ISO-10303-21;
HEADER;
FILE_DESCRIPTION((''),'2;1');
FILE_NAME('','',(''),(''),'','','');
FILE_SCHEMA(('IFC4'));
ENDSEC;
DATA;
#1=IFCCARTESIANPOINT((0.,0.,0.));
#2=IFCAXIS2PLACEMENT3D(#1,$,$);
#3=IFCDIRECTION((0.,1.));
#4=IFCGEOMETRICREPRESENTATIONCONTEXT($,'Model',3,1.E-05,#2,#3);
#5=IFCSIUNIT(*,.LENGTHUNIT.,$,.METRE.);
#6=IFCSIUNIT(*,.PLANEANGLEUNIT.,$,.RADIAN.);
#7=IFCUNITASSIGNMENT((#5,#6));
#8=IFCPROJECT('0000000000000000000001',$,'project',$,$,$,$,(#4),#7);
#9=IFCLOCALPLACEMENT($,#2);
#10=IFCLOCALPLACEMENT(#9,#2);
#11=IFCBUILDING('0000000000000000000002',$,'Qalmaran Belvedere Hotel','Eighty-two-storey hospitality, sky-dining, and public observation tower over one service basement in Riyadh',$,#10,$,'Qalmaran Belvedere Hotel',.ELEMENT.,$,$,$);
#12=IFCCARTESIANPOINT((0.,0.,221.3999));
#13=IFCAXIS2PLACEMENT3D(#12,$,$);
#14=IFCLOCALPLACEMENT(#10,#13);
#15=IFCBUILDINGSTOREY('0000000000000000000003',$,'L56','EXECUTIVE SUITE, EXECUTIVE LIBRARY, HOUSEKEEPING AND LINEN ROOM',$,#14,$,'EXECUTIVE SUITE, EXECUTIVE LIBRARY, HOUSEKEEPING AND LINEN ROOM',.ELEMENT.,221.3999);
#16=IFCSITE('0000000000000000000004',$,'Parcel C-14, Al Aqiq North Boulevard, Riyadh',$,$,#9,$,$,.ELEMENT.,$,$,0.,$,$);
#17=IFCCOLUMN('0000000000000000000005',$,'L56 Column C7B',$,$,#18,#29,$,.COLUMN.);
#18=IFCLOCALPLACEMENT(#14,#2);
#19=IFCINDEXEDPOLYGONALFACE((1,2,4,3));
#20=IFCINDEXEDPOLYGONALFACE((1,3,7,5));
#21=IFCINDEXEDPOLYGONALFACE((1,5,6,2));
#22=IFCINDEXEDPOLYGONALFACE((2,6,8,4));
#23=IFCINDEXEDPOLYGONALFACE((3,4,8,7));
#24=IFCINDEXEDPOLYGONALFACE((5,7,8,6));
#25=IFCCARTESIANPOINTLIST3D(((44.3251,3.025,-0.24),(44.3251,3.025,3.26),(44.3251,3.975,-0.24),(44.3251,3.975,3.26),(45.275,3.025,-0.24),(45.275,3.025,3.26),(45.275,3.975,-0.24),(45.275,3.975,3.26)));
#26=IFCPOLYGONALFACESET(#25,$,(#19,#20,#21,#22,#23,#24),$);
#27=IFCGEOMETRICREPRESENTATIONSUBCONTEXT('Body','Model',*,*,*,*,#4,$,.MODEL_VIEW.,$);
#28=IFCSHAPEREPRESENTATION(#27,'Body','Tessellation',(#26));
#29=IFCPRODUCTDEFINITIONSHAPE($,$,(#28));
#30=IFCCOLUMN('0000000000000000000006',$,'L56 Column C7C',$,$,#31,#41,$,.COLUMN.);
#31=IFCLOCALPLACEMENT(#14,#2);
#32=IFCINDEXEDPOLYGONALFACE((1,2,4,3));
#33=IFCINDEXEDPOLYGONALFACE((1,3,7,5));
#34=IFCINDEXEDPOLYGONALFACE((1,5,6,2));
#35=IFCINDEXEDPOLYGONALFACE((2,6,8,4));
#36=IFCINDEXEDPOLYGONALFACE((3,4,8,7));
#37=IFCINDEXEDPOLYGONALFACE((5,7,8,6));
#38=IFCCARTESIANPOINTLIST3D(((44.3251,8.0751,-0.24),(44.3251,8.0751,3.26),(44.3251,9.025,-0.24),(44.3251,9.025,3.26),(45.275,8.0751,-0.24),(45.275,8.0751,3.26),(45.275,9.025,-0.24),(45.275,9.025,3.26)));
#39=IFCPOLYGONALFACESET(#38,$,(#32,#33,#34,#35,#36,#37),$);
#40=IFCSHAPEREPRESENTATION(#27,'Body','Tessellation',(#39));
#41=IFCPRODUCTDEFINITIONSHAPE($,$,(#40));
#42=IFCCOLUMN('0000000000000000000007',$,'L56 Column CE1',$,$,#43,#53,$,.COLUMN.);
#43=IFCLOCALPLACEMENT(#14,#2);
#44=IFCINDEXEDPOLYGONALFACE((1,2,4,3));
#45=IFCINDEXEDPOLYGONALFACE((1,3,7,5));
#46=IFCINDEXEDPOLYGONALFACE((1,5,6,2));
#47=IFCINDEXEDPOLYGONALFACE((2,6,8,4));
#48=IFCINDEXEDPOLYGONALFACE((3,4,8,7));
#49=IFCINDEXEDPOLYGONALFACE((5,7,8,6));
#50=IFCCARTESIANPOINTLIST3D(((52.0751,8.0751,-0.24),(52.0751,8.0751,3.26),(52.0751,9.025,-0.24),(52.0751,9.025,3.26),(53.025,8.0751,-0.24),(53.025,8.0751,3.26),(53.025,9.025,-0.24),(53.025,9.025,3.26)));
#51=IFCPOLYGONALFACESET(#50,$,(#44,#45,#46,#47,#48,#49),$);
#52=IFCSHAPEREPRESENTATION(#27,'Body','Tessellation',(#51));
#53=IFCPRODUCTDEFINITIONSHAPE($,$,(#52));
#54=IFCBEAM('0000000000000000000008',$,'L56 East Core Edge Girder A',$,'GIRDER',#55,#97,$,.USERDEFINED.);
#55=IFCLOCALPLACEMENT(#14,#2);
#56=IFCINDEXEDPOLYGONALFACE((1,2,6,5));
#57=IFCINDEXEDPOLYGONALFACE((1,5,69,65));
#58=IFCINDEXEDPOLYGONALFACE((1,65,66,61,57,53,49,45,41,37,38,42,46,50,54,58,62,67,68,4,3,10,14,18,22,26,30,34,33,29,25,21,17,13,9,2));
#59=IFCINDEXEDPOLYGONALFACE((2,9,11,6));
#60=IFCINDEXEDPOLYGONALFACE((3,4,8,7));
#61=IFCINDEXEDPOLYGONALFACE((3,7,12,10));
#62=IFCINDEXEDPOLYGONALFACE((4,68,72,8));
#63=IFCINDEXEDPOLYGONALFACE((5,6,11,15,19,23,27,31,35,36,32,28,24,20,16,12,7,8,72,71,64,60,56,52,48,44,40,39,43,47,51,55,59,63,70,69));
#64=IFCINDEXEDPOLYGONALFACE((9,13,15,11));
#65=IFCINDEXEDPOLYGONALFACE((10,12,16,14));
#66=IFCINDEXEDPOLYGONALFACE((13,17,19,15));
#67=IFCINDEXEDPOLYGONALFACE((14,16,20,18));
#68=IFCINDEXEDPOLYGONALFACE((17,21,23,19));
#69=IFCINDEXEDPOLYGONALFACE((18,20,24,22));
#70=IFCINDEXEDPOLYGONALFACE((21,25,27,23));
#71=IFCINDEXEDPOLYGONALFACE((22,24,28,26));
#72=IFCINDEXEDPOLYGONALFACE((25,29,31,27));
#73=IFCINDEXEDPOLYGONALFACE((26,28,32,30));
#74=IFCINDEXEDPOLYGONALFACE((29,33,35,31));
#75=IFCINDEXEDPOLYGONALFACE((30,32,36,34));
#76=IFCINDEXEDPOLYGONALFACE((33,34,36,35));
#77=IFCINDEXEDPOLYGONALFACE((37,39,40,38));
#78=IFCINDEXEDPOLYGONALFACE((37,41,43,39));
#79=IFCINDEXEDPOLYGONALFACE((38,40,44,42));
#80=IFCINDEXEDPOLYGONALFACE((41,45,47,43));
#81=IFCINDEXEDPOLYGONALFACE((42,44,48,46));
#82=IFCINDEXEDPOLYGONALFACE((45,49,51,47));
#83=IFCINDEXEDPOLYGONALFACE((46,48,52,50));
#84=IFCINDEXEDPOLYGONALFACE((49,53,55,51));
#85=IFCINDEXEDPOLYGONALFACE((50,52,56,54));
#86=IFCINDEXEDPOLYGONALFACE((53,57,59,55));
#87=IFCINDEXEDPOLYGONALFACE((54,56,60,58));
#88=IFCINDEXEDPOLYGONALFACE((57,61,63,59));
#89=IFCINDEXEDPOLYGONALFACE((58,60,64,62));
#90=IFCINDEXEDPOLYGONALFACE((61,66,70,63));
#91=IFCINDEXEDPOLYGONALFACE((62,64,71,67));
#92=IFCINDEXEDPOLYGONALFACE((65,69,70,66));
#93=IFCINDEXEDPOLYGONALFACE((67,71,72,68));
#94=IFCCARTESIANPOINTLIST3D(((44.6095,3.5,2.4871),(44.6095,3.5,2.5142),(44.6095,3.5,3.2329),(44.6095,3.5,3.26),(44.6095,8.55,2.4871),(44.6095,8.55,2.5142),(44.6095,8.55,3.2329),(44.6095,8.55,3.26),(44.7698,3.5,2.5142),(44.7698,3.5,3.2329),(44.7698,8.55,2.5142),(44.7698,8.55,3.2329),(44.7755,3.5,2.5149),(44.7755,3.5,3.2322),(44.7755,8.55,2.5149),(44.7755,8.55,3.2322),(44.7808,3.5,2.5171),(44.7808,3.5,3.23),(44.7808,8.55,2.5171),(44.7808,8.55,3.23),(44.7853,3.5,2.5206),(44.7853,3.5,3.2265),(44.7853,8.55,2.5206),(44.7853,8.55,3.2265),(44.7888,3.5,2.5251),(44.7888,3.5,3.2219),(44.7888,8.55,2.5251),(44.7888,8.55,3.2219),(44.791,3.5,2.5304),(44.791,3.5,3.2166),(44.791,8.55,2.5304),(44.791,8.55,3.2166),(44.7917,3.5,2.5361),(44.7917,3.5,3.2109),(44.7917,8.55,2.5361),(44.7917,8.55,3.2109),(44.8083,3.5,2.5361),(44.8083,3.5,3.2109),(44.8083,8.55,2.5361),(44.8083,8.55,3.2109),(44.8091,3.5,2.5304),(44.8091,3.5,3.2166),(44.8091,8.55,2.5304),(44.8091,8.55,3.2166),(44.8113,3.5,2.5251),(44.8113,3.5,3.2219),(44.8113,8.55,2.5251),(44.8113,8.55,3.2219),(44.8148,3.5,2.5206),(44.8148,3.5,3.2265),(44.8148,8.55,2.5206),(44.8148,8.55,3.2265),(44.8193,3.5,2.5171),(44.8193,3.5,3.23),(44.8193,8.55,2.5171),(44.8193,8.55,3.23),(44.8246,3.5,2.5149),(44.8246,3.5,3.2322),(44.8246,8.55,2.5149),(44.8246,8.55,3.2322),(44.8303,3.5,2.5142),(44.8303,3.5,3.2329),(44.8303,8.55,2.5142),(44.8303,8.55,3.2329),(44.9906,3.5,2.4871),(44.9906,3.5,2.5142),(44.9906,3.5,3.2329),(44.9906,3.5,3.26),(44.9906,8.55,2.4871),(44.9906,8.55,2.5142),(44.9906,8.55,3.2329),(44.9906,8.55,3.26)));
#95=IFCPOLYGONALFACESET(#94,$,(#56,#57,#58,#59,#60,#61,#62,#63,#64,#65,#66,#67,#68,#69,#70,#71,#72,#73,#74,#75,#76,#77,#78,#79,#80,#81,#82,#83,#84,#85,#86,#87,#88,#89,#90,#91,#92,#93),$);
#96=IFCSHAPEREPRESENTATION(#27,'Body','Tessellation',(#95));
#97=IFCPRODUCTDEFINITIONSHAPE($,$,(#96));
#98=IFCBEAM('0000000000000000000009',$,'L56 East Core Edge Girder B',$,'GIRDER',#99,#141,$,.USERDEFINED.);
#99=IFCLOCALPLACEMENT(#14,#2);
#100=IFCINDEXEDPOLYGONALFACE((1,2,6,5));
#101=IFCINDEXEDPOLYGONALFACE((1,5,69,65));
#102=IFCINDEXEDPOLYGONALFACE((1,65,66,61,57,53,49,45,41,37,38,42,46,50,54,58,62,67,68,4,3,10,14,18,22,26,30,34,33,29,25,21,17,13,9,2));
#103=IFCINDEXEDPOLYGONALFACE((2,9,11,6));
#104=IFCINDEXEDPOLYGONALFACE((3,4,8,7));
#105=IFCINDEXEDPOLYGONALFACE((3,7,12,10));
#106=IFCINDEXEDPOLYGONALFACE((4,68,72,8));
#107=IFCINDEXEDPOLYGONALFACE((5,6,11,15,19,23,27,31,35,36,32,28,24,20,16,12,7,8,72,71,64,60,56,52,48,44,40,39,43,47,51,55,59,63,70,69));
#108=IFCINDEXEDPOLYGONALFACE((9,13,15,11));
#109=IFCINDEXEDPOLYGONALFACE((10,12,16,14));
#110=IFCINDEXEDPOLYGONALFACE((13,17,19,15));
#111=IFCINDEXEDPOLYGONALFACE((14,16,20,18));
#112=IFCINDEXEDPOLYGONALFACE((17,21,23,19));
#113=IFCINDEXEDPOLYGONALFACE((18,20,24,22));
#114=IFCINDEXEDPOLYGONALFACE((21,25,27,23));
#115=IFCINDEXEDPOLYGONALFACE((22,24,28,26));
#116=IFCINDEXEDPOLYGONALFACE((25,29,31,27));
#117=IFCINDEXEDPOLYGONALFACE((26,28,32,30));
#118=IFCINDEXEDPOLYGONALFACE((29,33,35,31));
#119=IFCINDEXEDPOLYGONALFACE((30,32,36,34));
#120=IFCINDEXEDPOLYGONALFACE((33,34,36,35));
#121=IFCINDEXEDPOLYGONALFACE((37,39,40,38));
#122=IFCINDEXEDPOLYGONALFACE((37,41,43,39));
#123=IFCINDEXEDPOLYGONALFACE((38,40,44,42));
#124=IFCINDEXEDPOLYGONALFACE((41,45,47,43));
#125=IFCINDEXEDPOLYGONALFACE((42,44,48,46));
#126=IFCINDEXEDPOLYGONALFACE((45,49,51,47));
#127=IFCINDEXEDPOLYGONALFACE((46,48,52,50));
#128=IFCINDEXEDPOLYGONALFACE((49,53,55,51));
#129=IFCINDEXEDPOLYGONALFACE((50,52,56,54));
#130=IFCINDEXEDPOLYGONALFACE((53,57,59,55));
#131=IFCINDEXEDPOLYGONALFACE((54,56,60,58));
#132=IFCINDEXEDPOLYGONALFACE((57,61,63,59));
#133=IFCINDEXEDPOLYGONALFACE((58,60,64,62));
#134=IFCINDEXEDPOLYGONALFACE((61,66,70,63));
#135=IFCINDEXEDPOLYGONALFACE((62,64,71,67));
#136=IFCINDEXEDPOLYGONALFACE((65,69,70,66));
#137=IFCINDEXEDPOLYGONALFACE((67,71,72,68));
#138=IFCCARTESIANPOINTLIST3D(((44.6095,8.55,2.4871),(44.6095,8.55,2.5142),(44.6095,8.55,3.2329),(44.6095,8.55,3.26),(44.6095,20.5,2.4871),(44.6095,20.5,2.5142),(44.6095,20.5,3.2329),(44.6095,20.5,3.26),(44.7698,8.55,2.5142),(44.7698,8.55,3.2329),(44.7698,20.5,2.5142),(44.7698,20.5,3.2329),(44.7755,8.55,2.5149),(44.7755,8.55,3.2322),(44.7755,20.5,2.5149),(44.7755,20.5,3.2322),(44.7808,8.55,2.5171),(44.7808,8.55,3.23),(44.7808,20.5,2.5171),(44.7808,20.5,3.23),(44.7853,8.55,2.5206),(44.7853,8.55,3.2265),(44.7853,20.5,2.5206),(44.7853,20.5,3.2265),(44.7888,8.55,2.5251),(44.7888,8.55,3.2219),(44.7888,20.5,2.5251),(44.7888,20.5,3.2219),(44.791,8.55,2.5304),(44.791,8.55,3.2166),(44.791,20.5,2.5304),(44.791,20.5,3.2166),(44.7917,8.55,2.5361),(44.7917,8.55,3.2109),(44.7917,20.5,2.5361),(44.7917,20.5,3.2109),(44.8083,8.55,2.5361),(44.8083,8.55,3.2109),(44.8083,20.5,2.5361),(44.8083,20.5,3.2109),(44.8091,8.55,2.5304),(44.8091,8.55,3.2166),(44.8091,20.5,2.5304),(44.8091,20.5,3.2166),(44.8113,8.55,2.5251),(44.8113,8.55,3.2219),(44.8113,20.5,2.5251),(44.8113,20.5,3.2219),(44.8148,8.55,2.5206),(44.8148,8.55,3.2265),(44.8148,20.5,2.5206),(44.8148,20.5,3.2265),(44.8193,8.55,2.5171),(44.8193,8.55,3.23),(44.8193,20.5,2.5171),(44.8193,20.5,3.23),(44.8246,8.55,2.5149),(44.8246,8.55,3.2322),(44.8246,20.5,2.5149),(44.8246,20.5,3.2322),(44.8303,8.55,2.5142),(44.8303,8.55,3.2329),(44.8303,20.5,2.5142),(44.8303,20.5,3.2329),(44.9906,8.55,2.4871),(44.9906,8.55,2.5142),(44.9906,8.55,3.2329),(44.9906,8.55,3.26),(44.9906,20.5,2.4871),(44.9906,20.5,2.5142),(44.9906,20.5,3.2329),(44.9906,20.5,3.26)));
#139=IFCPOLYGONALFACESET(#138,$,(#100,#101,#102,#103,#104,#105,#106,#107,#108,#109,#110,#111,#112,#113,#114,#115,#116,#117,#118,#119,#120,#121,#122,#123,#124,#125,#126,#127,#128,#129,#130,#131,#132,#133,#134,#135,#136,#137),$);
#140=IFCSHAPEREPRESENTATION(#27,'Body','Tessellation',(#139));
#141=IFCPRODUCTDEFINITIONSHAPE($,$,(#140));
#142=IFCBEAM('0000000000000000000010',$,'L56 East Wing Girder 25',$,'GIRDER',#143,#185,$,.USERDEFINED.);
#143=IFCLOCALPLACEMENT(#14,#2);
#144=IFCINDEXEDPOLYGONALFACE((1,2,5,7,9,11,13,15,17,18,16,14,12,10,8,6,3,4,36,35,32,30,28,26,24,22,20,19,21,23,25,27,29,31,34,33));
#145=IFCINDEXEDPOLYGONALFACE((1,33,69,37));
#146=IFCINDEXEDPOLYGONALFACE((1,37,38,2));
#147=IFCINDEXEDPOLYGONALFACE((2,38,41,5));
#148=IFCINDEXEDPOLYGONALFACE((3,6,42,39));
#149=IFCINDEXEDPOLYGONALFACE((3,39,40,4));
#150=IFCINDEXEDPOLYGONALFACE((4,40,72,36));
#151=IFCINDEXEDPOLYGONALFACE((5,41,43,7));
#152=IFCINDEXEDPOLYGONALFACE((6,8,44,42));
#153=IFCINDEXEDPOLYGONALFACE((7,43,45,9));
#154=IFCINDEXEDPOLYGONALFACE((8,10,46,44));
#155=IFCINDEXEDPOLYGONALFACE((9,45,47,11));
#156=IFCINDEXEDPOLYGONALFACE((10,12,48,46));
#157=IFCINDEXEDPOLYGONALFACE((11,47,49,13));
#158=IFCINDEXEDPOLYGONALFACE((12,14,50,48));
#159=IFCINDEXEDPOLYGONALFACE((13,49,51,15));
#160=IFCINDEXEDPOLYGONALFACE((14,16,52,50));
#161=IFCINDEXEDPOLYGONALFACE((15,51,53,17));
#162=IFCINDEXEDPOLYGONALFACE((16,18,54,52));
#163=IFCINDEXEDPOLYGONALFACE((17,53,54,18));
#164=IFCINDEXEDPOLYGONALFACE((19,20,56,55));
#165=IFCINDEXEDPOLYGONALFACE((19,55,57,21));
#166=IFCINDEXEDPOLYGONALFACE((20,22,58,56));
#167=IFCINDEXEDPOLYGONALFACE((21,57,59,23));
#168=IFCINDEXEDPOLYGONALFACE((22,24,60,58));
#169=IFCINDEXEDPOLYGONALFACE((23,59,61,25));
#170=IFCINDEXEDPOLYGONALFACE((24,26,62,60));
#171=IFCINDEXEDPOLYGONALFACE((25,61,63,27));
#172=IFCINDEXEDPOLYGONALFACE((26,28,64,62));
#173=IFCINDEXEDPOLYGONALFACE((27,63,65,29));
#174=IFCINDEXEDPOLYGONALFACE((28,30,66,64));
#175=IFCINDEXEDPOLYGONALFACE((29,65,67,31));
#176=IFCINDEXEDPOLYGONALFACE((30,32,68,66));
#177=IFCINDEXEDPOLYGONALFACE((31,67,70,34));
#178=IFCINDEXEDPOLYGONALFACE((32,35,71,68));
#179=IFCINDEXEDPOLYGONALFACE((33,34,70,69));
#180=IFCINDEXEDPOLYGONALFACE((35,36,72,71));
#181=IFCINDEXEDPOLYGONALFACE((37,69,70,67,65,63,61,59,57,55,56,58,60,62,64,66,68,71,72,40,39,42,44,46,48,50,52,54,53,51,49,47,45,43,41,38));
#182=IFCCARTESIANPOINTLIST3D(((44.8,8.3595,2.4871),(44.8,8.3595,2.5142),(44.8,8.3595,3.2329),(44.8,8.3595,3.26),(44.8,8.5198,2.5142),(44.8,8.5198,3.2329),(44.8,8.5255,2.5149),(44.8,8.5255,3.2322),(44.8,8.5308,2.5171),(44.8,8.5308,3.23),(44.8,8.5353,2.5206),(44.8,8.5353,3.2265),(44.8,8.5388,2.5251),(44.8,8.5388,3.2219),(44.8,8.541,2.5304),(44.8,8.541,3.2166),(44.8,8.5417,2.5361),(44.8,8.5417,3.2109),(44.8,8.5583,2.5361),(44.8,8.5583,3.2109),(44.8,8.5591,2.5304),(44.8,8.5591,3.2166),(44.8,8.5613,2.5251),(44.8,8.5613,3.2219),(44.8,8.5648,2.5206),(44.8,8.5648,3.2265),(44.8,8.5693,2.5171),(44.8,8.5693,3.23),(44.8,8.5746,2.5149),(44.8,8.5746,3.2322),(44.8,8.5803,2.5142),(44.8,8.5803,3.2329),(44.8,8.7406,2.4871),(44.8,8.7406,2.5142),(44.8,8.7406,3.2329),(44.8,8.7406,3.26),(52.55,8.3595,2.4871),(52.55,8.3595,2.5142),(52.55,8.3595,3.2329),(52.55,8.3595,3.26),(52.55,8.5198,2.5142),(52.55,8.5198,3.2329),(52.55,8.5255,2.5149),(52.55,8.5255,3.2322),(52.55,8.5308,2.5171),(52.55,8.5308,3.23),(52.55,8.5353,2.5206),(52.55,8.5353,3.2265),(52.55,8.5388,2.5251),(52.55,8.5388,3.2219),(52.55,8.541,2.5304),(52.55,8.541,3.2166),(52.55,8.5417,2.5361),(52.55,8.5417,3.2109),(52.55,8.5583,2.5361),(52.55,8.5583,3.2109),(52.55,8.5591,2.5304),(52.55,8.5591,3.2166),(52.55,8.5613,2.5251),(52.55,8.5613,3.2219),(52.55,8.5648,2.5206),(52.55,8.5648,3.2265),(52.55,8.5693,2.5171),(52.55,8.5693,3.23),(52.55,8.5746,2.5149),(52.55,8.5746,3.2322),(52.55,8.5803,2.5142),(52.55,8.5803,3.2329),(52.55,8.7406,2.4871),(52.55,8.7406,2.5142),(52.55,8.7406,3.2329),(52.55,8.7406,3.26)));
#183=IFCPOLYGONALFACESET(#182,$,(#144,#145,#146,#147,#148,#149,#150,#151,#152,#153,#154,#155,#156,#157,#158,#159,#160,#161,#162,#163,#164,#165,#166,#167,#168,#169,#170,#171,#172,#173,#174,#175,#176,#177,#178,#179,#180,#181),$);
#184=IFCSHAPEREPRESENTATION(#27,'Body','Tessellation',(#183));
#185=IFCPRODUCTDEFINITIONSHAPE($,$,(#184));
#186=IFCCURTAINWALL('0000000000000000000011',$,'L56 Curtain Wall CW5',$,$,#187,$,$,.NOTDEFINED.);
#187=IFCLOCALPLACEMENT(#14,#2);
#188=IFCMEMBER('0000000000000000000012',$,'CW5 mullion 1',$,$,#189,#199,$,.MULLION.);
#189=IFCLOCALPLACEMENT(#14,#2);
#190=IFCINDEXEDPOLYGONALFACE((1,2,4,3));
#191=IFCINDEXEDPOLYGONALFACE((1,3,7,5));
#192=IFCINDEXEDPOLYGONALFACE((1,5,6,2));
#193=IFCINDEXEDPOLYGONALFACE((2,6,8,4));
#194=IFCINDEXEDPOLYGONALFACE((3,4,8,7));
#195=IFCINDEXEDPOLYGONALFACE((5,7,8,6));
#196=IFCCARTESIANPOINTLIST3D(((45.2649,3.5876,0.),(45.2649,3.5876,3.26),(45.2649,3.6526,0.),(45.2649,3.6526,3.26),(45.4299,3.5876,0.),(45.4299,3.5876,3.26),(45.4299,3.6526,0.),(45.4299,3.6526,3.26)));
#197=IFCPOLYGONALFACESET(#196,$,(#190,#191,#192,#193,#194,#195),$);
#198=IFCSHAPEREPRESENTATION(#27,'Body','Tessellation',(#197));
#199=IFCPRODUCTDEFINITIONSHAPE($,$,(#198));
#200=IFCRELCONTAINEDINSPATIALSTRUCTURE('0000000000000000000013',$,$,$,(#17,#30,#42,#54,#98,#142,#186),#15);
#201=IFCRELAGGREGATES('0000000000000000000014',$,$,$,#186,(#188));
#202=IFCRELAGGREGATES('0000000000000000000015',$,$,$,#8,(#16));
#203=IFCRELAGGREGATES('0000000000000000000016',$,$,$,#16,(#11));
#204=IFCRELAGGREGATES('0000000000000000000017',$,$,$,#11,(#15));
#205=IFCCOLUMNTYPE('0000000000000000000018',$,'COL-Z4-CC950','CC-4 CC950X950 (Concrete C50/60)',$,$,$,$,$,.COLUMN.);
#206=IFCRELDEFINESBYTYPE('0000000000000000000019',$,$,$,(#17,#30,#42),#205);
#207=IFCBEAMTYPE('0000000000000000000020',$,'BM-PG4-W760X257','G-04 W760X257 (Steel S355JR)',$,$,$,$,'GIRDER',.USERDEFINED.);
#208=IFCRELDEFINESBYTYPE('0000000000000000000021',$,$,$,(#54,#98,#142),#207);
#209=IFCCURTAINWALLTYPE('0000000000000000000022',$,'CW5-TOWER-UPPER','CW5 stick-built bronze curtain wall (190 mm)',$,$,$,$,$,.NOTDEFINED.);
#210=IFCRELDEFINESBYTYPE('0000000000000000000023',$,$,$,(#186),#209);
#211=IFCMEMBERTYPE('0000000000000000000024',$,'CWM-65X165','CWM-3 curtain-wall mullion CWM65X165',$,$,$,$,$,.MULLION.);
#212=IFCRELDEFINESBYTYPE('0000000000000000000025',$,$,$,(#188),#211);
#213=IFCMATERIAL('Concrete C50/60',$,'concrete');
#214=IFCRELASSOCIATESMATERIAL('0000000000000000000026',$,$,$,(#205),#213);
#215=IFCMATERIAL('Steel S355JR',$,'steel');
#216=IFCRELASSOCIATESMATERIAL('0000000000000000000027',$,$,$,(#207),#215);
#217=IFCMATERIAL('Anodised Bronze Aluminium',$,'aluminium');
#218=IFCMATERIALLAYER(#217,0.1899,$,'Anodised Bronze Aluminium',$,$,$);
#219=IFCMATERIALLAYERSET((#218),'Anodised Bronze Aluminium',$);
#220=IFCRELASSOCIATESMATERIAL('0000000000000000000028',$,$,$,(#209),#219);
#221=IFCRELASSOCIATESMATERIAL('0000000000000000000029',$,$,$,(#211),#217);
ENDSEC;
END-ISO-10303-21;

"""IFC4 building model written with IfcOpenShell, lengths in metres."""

from ifc_helpers import new_model, si_unit, direction, frame, origin, origin_2d, place, context, subcontext, project, spatial, rectangle, i_section, extrude, material, layer, layer_set, material_profile, profile_set, type_object, element, aggregate, save


model = new_model("IFC4")

# Units and contexts
model_context = context("Model", 3, precision=1e-05, world=origin(), true_north=direction((0.0, 1.0)))
body_context = subcontext(model_context, "Body", "Model", "MODEL_VIEW")
ifc_project = project(units=[si_unit("LENGTHUNIT", "METRE"), si_unit("PLANEANGLEUNIT", "RADIAN")], contexts=[model_context])

# Site, building, storey
site_placement = place(None, origin())
site = spatial("IfcSite", under=ifc_project, at=site_placement, Name="Parcel C-14, Al Aqiq North Boulevard, Riyadh", CompositionType="ELEMENT", RefElevation=0.0)
building_placement = place(site_placement, origin())
building = spatial("IfcBuilding", under=site, at=building_placement, Name="Qalmaran Belvedere Hotel", Description="Eighty-two-storey hospitality, sky-dining, and public observation tower over one service basement in Riyadh", LongName="Qalmaran Belvedere Hotel", CompositionType="ELEMENT")
storey_placement = place(building_placement, frame((0.0, 0.0, 221.3999)))
storey = spatial("IfcBuildingStorey", under=building, at=storey_placement, Name="L56", Description="EXECUTIVE SUITE, EXECUTIVE LIBRARY, HOUSEKEEPING AND LINEN ROOM", LongName="EXECUTIVE SUITE, EXECUTIVE LIBRARY, HOUSEKEEPING AND LINEN ROOM", CompositionType="ELEMENT", Elevation=221.3999)

# Columns
ifc_material_1 = material(Name="Concrete C50/60", Category="concrete")
ifc_material_profile_1 = material_profile(ifc_material_1, rectangle(XDim=0.95, YDim=0.95, at=origin_2d()), Name="CC950X950")
ifc_profile_set_1 = profile_set([ifc_material_profile_1], Name="Concrete C50/60")
column_type = type_object("IfcColumnType", Name="COL-Z4-CC950", Description="CC-4 CC950X950 (Concrete C50/60)", PredefinedType="COLUMN", material=ifc_profile_set_1)
for number, where, z_axis, x_axis, name in (
    (1, (44.8, 3.5, -0.24), (0.0, 0.0, 1.0), (1.0, 0.0, 0.0), "L56 Column C7B"),
    (2, (44.8, 8.55, -0.24), (0.0, 0.0, 1.0), (1.0, 0.0, 0.0), "L56 Column C7C"),
    (3, (52.55, 8.55, -0.24), (0.0, 0.0, 1.0), (1.0, 0.0, 0.0), "L56 Column CE1"),
):
    element("IfcColumn", number, at=place(storey_placement, frame(where, z_axis=z_axis, x_axis=x_axis)), inside=storey, type_object=column_type, Name=name, PredefinedType="COLUMN", context=body_context, shape_type="SweptSolid", body=[
        extrude(rectangle(XDim=0.95, YDim=0.95, at=origin_2d()), origin(), (0.0, 0.0, 1.0), 3.5),
    ])

# Beams
ifc_material_2 = material(Name="Steel S355JR", Category="steel")
ifc_material_profile_2 = material_profile(ifc_material_2, i_section(OverallWidth=0.3811, OverallDepth=0.7729, WebThickness=0.0166, FlangeThickness=0.0271, FilletRadius=0.022, at=origin_2d()), Name="W760X257")
ifc_profile_set_2 = profile_set([ifc_material_profile_2], Name="Steel S355JR")
beam_type = type_object("IfcBeamType", Name="BM-PG4-W760X257", Description="G-04 W760X257 (Steel S355JR)", ElementType="GIRDER", PredefinedType="USERDEFINED", material=ifc_profile_set_2)
beam_1_placement = place(storey_placement, frame((44.8, 3.5, 2.8735), z_axis=(0.0, 1.0, 0.0), x_axis=(-1.0, 0.0, 0.0)))
element("IfcBeam", 4, at=beam_1_placement, inside=storey, type_object=beam_type, Name="L56 East Core Edge Girder A", ObjectType="GIRDER", PredefinedType="USERDEFINED", context=body_context, shape_type="SweptSolid", body=[
    extrude(i_section(OverallWidth=0.3811, OverallDepth=0.7729, WebThickness=0.0166, FlangeThickness=0.0271, FilletRadius=0.022, at=origin_2d()), origin(), (0.0, 0.0, 1.0), 5.05),
])
beam_2_placement = place(storey_placement, frame((44.8, 8.55, 2.8735), z_axis=(0.0, 1.0, 0.0), x_axis=(-1.0, 0.0, 0.0)))
element("IfcBeam", 5, at=beam_2_placement, inside=storey, type_object=beam_type, Name="L56 East Core Edge Girder B", ObjectType="GIRDER", PredefinedType="USERDEFINED", context=body_context, shape_type="SweptSolid", body=[
    extrude(i_section(OverallWidth=0.3811, OverallDepth=0.7729, WebThickness=0.0166, FlangeThickness=0.0271, FilletRadius=0.022, at=origin_2d()), origin(), (0.0, 0.0, 1.0), 11.95),
])
beam_3_placement = place(storey_placement, frame((44.8, 8.55, 2.8735), z_axis=(1.0, 0.0, 0.0), x_axis=(0.0, 1.0, 0.0)))
element("IfcBeam", 6, at=beam_3_placement, inside=storey, type_object=beam_type, Name="L56 East Wing Girder 25", ObjectType="GIRDER", PredefinedType="USERDEFINED", context=body_context, shape_type="SweptSolid", body=[
    extrude(i_section(OverallWidth=0.3811, OverallDepth=0.7729, WebThickness=0.0166, FlangeThickness=0.0271, FilletRadius=0.022, at=origin_2d()), origin(), (0.0, 0.0, 1.0), 7.75),
])

# Curtain wall, member
ifc_material_3 = material(Name="Anodised Bronze Aluminium", Category="aluminium")
ifc_layer_1 = layer(ifc_material_3, 0.1899, Name="Anodised Bronze Aluminium")
ifc_layer_set_1 = layer_set([ifc_layer_1], Name="Anodised Bronze Aluminium")
curtain_wall_type = type_object("IfcCurtainWallType", Name="CW5-TOWER-UPPER", Description="CW5 stick-built bronze curtain wall (190 mm)", PredefinedType="NOTDEFINED", material=ifc_layer_set_1)
curtain_wall_1_placement = place(storey_placement, origin())
curtain_wall_1 = element("IfcCurtainWall", 7, at=curtain_wall_1_placement, inside=storey, type_object=curtain_wall_type, Name="L56 Curtain Wall CW5", PredefinedType="NOTDEFINED")
ifc_material_profile_3 = material_profile(ifc_material_3, rectangle(XDim=0.0649, YDim=0.165, at=origin_2d()), Name="CWM65X165")
ifc_profile_set_3 = profile_set([ifc_material_profile_3], Name="Anodised Bronze Aluminium")
member_type_1 = type_object("IfcMemberType", Name="CWM-65X165", Description="CWM-3 curtain-wall mullion CWM65X165", PredefinedType="MULLION", material=ifc_profile_set_3)
member_1_placement = place(storey_placement, frame((45.3474, 3.6201, 0.0), z_axis=(0.0, 0.0, 1.0), x_axis=(0.0, 1.0, 0.0)))
member_1 = element("IfcMember", 8, at=member_1_placement, type_object=member_type_1, Name="CW5 mullion 1", PredefinedType="MULLION", context=body_context, shape_type="SweptSolid", body=[
    extrude(rectangle(XDim=0.0649, YDim=0.165, at=origin_2d()), origin(), (0.0, 0.0, 1.0), 3.26),
])

aggregate(curtain_wall_1, [member_1])

save(model, "model.ifc")
